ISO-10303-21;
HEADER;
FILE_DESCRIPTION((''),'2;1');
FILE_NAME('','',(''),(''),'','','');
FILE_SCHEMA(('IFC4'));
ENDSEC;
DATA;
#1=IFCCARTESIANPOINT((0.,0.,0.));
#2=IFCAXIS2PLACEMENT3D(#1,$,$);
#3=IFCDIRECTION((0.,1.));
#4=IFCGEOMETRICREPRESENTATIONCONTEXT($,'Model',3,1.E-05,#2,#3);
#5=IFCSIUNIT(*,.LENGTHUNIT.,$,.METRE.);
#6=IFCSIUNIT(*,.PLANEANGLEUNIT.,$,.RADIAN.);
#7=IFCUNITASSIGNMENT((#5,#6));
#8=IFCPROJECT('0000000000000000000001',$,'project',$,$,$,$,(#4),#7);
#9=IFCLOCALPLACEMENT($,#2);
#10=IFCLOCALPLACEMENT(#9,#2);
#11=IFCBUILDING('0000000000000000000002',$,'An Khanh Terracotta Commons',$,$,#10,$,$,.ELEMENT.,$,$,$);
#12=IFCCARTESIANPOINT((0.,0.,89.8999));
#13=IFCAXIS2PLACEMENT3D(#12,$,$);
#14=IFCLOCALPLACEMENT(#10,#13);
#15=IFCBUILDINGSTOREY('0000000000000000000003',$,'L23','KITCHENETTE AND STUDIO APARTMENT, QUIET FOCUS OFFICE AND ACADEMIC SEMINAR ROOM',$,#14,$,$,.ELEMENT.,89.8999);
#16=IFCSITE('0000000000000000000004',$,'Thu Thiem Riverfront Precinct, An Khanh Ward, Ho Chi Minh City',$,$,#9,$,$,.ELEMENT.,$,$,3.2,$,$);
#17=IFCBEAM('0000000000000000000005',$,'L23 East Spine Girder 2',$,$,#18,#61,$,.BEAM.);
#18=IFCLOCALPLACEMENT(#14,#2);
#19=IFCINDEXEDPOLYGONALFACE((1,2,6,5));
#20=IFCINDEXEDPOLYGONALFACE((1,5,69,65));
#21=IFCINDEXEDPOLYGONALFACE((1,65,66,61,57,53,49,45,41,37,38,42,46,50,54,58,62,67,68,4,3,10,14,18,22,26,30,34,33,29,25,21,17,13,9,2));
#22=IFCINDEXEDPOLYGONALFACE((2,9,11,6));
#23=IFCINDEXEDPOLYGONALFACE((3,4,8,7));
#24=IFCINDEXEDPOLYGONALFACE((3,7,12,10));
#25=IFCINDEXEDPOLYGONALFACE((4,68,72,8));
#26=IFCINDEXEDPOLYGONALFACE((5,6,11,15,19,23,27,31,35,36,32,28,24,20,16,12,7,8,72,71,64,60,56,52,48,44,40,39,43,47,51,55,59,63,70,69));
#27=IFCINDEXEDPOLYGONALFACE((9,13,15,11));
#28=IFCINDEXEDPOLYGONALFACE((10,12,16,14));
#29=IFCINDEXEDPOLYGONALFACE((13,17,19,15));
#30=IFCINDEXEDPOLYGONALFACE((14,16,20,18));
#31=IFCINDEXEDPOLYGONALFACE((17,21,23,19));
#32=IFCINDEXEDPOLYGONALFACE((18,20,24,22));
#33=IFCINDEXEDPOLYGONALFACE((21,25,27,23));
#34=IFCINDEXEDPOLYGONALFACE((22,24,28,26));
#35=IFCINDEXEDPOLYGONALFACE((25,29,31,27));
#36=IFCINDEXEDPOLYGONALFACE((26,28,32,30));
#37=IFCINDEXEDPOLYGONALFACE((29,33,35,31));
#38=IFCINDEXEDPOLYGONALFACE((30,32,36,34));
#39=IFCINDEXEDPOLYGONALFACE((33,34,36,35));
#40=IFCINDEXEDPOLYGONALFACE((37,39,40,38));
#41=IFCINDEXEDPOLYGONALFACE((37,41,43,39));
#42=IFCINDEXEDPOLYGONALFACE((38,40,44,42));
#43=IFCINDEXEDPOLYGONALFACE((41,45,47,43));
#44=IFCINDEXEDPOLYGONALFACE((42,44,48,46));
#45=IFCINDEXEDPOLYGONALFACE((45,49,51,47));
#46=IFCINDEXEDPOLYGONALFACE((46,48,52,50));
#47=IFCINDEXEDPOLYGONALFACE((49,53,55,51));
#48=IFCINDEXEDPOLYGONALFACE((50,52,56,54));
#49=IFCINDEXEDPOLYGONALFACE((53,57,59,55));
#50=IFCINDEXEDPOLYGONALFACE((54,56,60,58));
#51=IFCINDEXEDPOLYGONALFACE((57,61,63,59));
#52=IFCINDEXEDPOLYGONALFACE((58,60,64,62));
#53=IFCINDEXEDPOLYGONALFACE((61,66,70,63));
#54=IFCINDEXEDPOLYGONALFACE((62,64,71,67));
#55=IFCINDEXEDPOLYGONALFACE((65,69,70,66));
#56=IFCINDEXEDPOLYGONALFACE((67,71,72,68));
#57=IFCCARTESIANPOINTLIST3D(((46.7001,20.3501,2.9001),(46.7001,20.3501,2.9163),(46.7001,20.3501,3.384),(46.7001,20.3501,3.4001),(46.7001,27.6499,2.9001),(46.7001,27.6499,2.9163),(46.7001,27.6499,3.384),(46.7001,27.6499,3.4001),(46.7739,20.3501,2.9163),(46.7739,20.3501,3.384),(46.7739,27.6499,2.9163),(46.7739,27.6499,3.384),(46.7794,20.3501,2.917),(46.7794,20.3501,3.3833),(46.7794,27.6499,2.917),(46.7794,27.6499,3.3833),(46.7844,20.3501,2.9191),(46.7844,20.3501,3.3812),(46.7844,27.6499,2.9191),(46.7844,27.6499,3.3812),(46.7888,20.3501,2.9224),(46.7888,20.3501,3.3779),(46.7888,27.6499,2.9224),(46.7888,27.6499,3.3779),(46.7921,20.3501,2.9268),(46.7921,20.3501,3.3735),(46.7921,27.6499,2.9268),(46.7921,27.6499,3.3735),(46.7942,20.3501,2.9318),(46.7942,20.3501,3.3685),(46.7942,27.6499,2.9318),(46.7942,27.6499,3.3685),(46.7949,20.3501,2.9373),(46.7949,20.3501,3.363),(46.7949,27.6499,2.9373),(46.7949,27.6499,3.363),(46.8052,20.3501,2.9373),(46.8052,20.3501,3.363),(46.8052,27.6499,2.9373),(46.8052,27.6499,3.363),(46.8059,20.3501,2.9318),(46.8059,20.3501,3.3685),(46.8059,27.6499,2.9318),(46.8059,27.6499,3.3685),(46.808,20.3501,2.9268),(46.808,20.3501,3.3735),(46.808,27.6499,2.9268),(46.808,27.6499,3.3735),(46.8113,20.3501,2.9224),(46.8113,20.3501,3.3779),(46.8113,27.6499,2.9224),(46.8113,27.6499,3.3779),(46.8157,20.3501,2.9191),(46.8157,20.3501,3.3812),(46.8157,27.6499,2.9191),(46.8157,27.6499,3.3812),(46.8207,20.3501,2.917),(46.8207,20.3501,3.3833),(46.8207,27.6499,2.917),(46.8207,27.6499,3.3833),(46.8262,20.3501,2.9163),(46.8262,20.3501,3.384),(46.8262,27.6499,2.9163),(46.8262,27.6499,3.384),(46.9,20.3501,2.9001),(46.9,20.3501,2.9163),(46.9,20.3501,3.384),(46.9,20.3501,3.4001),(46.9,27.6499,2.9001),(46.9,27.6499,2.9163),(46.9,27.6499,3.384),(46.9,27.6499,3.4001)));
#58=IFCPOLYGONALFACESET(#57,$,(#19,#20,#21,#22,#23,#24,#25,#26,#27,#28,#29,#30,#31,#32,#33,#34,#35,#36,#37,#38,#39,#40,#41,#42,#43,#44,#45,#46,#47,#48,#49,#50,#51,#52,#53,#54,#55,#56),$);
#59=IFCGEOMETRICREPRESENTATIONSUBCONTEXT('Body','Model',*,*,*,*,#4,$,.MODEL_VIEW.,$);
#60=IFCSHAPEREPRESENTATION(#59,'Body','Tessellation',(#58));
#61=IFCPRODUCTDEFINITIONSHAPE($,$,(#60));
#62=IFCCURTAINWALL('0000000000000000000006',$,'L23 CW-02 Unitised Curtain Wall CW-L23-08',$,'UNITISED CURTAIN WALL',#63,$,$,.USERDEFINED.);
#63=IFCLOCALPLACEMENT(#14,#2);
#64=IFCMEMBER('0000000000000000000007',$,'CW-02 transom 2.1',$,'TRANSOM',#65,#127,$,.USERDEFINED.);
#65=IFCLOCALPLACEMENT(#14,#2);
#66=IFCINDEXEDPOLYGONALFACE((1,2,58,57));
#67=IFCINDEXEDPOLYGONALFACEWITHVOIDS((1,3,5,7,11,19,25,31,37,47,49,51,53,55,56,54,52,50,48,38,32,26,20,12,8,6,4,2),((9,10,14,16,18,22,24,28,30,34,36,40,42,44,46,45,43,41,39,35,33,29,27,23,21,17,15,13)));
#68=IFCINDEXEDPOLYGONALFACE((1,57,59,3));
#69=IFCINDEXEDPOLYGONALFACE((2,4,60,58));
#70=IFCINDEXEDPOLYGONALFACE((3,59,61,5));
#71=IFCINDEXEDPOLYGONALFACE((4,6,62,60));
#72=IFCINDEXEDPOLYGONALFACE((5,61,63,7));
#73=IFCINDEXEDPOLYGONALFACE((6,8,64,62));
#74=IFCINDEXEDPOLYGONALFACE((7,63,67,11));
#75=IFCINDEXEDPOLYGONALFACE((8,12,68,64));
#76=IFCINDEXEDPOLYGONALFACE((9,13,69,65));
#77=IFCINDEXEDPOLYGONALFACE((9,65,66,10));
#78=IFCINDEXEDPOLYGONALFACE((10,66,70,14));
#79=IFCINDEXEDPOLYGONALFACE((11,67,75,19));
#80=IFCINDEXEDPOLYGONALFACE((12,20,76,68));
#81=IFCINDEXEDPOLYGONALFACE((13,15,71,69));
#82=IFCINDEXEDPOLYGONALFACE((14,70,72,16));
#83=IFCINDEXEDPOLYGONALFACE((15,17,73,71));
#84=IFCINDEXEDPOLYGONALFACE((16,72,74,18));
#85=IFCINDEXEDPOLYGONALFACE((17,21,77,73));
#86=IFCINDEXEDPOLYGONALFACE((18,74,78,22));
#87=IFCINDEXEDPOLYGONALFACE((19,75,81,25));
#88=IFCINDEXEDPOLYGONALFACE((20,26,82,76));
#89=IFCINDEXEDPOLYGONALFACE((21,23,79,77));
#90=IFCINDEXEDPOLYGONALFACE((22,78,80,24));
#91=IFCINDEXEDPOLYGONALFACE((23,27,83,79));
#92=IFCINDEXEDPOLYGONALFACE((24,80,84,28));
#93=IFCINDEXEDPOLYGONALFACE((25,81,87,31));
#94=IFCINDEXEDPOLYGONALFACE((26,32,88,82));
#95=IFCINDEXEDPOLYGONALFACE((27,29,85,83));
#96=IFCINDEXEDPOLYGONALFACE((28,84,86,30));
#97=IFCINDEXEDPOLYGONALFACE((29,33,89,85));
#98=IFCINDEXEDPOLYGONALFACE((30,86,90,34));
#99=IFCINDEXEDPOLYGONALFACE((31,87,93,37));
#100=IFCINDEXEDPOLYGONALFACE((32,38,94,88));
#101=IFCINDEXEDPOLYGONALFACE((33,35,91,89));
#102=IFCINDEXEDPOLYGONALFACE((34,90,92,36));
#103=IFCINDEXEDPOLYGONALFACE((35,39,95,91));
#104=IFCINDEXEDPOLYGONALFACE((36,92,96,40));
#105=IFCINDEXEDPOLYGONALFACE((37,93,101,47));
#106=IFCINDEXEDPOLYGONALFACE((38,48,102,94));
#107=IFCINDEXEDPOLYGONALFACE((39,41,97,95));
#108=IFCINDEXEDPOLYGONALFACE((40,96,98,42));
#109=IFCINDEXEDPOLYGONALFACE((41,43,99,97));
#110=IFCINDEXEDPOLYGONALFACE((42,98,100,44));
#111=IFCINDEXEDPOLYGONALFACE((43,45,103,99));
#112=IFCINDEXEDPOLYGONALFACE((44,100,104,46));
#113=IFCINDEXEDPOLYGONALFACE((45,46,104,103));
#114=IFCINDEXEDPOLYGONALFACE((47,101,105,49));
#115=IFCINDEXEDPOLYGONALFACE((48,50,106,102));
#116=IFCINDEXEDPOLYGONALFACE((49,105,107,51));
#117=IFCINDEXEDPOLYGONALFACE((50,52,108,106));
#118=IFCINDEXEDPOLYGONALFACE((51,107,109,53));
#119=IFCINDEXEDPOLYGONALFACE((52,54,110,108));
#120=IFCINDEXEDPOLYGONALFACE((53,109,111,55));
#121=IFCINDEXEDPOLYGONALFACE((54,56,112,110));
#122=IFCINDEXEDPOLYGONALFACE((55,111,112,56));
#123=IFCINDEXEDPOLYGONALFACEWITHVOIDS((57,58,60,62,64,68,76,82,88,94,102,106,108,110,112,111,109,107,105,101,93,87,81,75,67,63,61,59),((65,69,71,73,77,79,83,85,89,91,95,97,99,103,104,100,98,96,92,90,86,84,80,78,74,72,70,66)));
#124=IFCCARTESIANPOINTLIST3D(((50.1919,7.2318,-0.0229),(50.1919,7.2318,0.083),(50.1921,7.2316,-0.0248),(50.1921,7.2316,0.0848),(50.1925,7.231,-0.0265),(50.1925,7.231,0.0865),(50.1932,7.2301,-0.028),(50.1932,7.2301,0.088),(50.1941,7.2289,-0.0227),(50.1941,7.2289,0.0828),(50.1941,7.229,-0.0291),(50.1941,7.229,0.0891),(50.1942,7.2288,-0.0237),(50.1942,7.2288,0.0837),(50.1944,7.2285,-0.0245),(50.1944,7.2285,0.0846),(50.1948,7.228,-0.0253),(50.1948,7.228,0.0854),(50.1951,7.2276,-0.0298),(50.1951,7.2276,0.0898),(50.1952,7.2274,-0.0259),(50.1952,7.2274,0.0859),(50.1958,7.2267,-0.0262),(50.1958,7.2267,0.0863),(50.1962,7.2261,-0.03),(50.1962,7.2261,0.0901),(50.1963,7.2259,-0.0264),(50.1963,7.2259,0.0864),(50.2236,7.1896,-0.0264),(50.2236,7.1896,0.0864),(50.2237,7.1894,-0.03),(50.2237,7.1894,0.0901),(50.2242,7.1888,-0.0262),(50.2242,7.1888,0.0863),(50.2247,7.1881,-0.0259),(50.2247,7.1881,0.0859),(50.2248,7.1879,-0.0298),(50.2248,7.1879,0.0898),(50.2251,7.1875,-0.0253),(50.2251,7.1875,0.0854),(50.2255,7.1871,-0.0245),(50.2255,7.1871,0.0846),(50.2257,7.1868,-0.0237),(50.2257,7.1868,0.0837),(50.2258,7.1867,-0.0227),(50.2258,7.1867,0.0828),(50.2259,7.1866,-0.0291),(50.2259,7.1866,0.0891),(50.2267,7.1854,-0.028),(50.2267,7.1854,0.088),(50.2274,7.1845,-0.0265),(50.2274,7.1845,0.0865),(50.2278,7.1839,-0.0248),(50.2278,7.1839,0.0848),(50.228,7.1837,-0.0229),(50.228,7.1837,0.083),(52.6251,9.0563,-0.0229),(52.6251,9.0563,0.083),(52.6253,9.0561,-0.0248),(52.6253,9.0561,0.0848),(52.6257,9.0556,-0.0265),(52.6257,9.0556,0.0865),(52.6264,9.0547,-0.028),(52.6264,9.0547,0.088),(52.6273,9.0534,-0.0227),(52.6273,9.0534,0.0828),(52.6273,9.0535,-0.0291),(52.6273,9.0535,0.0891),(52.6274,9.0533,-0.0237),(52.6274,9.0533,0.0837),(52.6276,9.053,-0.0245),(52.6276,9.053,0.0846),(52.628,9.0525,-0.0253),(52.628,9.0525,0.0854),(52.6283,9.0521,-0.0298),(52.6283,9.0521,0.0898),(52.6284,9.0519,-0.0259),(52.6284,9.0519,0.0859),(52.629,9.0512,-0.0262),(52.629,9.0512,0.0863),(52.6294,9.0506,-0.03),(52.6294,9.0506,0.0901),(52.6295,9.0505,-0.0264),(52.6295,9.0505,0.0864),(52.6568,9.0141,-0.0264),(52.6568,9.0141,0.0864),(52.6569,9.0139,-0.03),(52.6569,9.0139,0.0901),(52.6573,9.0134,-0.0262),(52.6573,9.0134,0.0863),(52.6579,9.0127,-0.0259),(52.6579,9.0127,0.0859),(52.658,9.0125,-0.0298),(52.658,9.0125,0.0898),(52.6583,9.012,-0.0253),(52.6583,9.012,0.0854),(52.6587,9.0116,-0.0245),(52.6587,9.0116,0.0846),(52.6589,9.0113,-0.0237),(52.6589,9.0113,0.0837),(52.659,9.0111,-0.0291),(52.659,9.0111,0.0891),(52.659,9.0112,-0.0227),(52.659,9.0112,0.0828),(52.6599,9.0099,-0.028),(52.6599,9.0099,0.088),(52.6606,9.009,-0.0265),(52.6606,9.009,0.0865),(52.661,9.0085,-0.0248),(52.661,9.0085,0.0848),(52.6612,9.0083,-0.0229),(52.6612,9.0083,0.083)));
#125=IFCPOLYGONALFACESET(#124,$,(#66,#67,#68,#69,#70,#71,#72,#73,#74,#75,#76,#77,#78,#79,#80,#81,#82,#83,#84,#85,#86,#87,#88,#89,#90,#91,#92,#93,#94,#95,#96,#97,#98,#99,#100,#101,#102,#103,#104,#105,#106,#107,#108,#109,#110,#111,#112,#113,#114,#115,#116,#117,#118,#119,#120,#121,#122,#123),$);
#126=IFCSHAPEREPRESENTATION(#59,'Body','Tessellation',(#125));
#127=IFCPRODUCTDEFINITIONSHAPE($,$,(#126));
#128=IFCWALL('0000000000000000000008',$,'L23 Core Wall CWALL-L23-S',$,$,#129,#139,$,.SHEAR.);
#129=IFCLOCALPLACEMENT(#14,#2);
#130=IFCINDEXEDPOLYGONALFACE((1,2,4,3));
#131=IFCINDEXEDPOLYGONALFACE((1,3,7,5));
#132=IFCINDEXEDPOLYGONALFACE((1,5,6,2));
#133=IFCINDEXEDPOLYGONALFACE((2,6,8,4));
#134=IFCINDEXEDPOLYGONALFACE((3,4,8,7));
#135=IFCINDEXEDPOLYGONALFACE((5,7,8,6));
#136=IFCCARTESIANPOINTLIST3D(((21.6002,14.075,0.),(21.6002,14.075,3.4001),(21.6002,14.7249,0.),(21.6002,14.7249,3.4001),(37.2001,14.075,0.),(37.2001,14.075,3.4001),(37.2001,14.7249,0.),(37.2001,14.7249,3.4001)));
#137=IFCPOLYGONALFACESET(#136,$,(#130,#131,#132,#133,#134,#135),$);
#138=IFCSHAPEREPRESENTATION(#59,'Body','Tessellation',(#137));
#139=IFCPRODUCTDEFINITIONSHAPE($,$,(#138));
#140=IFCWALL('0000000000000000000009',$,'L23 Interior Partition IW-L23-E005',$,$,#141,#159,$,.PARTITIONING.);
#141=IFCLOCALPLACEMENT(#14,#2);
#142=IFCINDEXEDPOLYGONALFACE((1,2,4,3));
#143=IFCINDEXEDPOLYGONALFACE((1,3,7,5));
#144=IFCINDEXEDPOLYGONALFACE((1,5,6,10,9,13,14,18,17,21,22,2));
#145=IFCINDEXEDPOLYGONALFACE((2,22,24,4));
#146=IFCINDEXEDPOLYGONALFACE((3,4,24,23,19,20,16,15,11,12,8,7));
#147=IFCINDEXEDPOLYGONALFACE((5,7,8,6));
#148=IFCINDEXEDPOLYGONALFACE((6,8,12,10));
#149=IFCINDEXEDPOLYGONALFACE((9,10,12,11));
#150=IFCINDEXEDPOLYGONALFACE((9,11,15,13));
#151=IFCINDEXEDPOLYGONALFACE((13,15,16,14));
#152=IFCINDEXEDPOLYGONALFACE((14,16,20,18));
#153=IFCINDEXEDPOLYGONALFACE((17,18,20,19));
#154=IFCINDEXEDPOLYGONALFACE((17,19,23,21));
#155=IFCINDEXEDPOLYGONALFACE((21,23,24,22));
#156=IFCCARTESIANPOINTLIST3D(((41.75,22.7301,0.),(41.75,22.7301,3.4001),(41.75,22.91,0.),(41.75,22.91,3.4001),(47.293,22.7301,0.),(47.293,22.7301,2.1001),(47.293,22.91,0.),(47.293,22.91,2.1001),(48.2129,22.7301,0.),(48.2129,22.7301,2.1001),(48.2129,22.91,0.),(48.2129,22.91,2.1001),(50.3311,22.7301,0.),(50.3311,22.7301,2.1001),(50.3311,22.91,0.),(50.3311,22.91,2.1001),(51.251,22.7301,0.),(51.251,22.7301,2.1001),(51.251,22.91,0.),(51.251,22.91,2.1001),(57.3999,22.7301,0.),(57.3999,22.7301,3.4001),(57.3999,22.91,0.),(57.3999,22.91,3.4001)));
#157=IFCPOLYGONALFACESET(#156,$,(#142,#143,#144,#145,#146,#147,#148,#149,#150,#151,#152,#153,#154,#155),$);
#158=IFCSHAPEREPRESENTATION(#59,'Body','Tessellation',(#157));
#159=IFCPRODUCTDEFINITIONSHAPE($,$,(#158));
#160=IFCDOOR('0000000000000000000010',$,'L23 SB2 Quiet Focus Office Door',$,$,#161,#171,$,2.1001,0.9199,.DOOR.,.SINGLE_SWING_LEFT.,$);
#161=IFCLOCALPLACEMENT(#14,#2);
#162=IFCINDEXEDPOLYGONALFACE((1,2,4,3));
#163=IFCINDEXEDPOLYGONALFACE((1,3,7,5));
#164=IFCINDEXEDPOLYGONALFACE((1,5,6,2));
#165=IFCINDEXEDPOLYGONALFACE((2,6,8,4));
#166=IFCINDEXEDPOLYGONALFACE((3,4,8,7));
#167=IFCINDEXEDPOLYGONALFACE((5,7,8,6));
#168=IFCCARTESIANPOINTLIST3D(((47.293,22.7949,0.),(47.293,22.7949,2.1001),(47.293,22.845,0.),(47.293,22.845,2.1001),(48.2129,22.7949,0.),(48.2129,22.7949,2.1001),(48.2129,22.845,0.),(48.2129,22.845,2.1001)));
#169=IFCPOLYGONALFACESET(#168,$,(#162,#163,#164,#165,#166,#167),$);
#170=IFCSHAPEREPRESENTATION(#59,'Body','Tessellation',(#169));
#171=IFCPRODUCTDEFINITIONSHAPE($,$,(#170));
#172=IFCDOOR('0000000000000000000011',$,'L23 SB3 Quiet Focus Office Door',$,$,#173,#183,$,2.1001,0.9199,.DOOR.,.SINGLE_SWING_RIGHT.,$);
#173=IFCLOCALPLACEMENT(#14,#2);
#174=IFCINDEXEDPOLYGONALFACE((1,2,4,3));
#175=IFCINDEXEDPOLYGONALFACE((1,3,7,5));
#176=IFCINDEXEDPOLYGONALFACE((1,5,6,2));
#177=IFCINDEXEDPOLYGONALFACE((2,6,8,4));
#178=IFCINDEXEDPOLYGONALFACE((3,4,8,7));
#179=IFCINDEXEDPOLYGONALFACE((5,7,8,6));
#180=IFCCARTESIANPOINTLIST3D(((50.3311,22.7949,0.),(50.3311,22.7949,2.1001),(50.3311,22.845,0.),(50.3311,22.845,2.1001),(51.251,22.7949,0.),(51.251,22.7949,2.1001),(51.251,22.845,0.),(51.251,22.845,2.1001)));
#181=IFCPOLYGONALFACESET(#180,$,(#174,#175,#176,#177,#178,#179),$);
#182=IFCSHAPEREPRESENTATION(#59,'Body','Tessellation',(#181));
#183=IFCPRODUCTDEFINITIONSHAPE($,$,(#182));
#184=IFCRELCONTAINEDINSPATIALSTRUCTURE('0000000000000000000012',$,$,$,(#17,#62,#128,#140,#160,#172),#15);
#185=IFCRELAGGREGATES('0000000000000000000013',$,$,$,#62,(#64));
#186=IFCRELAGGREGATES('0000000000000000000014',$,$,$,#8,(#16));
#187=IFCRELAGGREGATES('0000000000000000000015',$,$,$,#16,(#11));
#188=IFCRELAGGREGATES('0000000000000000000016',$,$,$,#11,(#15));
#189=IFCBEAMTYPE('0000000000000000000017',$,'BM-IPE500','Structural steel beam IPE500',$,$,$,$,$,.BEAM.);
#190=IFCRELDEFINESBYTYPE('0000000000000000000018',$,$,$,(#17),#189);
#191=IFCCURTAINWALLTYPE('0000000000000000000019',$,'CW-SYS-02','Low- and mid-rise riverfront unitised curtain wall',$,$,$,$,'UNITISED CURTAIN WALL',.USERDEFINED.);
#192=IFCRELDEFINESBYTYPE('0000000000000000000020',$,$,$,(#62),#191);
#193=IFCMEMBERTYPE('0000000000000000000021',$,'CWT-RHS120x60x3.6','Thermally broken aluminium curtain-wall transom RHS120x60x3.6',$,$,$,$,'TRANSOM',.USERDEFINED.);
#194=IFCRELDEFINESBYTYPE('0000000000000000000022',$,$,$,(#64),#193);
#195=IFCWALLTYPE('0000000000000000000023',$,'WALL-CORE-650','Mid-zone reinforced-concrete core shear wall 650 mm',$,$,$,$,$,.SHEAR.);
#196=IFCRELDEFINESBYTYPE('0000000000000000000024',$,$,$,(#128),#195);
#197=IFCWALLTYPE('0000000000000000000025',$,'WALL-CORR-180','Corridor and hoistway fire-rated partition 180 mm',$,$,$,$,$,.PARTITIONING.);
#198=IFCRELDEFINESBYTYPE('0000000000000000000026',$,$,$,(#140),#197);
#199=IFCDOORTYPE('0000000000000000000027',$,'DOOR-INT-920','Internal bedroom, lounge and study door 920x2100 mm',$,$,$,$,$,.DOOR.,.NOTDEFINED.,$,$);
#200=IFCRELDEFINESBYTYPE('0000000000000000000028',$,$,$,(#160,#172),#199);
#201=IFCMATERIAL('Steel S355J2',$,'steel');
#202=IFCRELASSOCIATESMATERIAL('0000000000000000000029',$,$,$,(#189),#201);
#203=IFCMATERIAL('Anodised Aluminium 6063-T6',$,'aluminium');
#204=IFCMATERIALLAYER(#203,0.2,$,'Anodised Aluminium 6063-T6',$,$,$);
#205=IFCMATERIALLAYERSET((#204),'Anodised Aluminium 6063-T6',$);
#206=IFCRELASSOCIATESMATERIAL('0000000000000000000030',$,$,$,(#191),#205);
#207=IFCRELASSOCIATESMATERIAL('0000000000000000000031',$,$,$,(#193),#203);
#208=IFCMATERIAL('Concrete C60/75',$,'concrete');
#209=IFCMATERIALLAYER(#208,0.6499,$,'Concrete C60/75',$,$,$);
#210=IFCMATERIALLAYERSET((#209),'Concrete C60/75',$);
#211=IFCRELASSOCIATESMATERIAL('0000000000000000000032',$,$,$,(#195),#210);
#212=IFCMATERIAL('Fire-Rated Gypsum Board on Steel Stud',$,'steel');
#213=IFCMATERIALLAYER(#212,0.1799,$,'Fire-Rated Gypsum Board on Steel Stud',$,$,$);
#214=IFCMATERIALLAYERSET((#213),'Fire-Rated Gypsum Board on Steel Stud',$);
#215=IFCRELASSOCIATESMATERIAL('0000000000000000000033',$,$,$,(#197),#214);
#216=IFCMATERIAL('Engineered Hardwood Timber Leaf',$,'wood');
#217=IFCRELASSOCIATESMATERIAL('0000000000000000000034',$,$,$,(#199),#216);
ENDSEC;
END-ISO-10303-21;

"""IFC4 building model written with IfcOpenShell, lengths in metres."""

from ifc_helpers import new_model, si_unit, direction, frame, frame_2d, origin, origin_2d, place, context, subcontext, project, spatial, rectangle, hollow_rectangle, i_section, extrude, material, layer, layer_set, material_profile, profile_set, type_object, element, fill, aggregate, save


model = new_model("IFC4")

# Units and contexts
model_context = context("Model", 3, precision=1e-05, world=origin(), true_north=direction((0.0, 1.0)))
body_context = subcontext(model_context, "Body", "Model", "MODEL_VIEW")
ifc_project = project(units=[si_unit("LENGTHUNIT", "METRE"), si_unit("PLANEANGLEUNIT", "RADIAN")], contexts=[model_context])

# Site, building, storey
site_placement = place(None, origin())
site = spatial("IfcSite", under=ifc_project, at=site_placement, Name="Thu Thiem Riverfront Precinct, An Khanh Ward, Ho Chi Minh City", CompositionType="ELEMENT", RefElevation=3.2)
building_placement = place(site_placement, origin())
building = spatial("IfcBuilding", under=site, at=building_placement, Name="An Khanh Terracotta Commons", CompositionType="ELEMENT")
storey_placement = place(building_placement, frame((0.0, 0.0, 89.8999)))
storey = spatial("IfcBuildingStorey", under=building, at=storey_placement, Name="L23", Description="KITCHENETTE AND STUDIO APARTMENT, QUIET FOCUS OFFICE AND ACADEMIC SEMINAR ROOM", CompositionType="ELEMENT", Elevation=89.8999)

# Beam
ifc_material_1 = material(Name="Steel S355J2", Category="steel")
ifc_material_profile_1 = material_profile(ifc_material_1, i_section(OverallWidth=0.2, OverallDepth=0.5, WebThickness=0.0103, FlangeThickness=0.0161, FilletRadius=0.021, at=origin_2d()), Name="IPE500")
ifc_profile_set_1 = profile_set([ifc_material_profile_1], Name="Steel S355J2")
beam_type_1 = type_object("IfcBeamType", Name="BM-IPE500", Description="Structural steel beam IPE500", PredefinedType="BEAM", material=ifc_profile_set_1)
beam_1_placement = place(storey_placement, frame((46.8, 20.3501, 3.1501), z_axis=(0.0, 1.0, 0.0), x_axis=(-1.0, 0.0, 0.0)))
element("IfcBeam", 1, at=beam_1_placement, inside=storey, type_object=beam_type_1, Name="L23 East Spine Girder 2", PredefinedType="BEAM", context=body_context, shape_type="SweptSolid", body=[
    extrude(i_section(OverallWidth=0.2, OverallDepth=0.5, WebThickness=0.0103, FlangeThickness=0.0161, FilletRadius=0.021, at=origin_2d()), origin(), (0.0, 0.0, 1.0), 7.2998),
])

# Curtain wall, member
ifc_material_2 = material(Name="Anodised Aluminium 6063-T6", Category="aluminium")
ifc_layer_1 = layer(ifc_material_2, 0.2, Name="Anodised Aluminium 6063-T6")
ifc_layer_set_1 = layer_set([ifc_layer_1], Name="Anodised Aluminium 6063-T6")
curtain_wall_type = type_object("IfcCurtainWallType", Name="CW-SYS-02", Description="Low- and mid-rise riverfront unitised curtain wall", ElementType="UNITISED CURTAIN WALL", PredefinedType="USERDEFINED", material=ifc_layer_set_1)
curtain_wall_placement = place(storey_placement, origin())
curtain_wall = element("IfcCurtainWall", 2, at=curtain_wall_placement, inside=storey, type_object=curtain_wall_type, Name="L23 CW-02 Unitised Curtain Wall CW-L23-08", ObjectType="UNITISED CURTAIN WALL", PredefinedType="USERDEFINED")
ifc_material_profile_2 = material_profile(ifc_material_2, hollow_rectangle(XDim=0.0601, YDim=0.1201, WallThickness=0.0037, InnerFilletRadius=0.0037, OuterFilletRadius=0.0071, at=origin_2d()), Name="RHS120x60x3.6")
ifc_profile_set_2 = profile_set([ifc_material_profile_2], Name="Anodised Aluminium 6063-T6")
member_type = type_object("IfcMemberType", Name="CWT-RHS120x60x3.6", Description="Thermally broken aluminium curtain-wall transom RHS120x60x3.6", ElementType="TRANSOM", PredefinedType="USERDEFINED", material=ifc_profile_set_2)
member_placement = place(storey_placement, frame((50.21, 7.2078, 0.03), z_axis=(0.800058, 0.599923, 0.0), x_axis=(-0.599923, 0.800058, 0.0)))
member = element("IfcMember", 3, at=member_placement, type_object=member_type, Name="CW-02 transom 2.1", ObjectType="TRANSOM", PredefinedType="USERDEFINED", context=body_context, shape_type="SweptSolid", body=[
    extrude(hollow_rectangle(XDim=0.0601, YDim=0.1201, WallThickness=0.0037, InnerFilletRadius=0.0037, OuterFilletRadius=0.0071, at=origin_2d()), origin(), (0.0, 0.0, 1.0), 3.0413),
])
aggregate(curtain_wall, [member])

# Wall
ifc_material_3 = material(Name="Concrete C60/75", Category="concrete")
ifc_layer_2 = layer(ifc_material_3, 0.6499, Name="Concrete C60/75")
ifc_layer_set_2 = layer_set([ifc_layer_2], Name="Concrete C60/75")
wall_type_1 = type_object("IfcWallType", Name="WALL-CORE-650", Description="Mid-zone reinforced-concrete core shear wall 650 mm", PredefinedType="SHEAR", material=ifc_layer_set_2)
wall_1_placement = place(storey_placement, frame((37.2, 14.3999, 0.0), z_axis=(0.0, 0.0, 1.0), x_axis=(-1.0, 0.0, 0.0)))
element("IfcWall", 4, at=wall_1_placement, inside=storey, type_object=wall_type_1, Name="L23 Core Wall CWALL-L23-S", PredefinedType="SHEAR", context=body_context, shape_type="SweptSolid", body=[
    extrude(rectangle(XDim=15.5999, YDim=0.6499, at=frame_2d((7.7998, 0.0))), origin(), (0.0, 0.0, 1.0), 3.4001),
])

# Wall, openings, doors
ifc_material_4 = material(Name="Fire-Rated Gypsum Board on Steel Stud", Category="steel")
ifc_layer_3 = layer(ifc_material_4, 0.1799, Name="Fire-Rated Gypsum Board on Steel Stud")
ifc_layer_set_3 = layer_set([ifc_layer_3], Name="Fire-Rated Gypsum Board on Steel Stud")
wall_type_2 = type_object("IfcWallType", Name="WALL-CORR-180", Description="Corridor and hoistway fire-rated partition 180 mm", PredefinedType="PARTITIONING", material=ifc_layer_set_3)
wall_2_placement = place(storey_placement, frame((41.75, 22.8201, 0.0), z_axis=(0.0, 0.0, 1.0), x_axis=(1.0, 0.0, 0.0)))
wall_2 = element("IfcWall", 5, at=wall_2_placement, inside=storey, type_object=wall_type_2, Name="L23 Interior Partition IW-L23-E005", PredefinedType="PARTITIONING", context=body_context, shape_type="SweptSolid", body=[
    extrude(rectangle(XDim=15.6499, YDim=0.1799, at=frame_2d((7.825, 0.0))), origin(), (0.0, 0.0, 1.0), 3.4001),
])
opening_1_placement = place(wall_2_placement, frame((5.543, 0.0, 0.0)))
opening_1 = element("IfcOpeningElement", 6, at=opening_1_placement, cuts=wall_2, PredefinedType="OPENING", context=body_context, shape_type="SweptSolid", body=[
    extrude(rectangle(XDim=0.9199, YDim=2.1001, at=frame_2d((0.46, 1.05))), frame((0.0, 0.0999, 0.0), z_axis=(0.0, -1.0, 0.0), x_axis=(1.0, 0.0, 0.0)), (0.0, 0.0, 1.0), 0.2),
])
opening_2_placement = place(wall_2_placement, frame((8.5811, 0.0, 0.0)))
opening_2 = element("IfcOpeningElement", 7, at=opening_2_placement, cuts=wall_2, PredefinedType="OPENING", context=body_context, shape_type="SweptSolid", body=[
    extrude(rectangle(XDim=0.9199, YDim=2.1001, at=frame_2d((0.46, 1.05))), frame((0.0, 0.0999, 0.0), z_axis=(0.0, -1.0, 0.0), x_axis=(1.0, 0.0, 0.0)), (0.0, 0.0, 1.0), 0.2),
])
ifc_material_5 = material(Name="Engineered Hardwood Timber Leaf", Category="wood")
door_type_1 = type_object("IfcDoorType", Name="DOOR-INT-920", Description="Internal bedroom, lounge and study door 920x2100 mm", OperationType="NOTDEFINED", PredefinedType="DOOR", material=ifc_material_5)
door_1_placement = place(opening_1_placement, origin())
door_1 = element("IfcDoor", 8, at=door_1_placement, inside=storey, type_object=door_type_1, Name="L23 SB2 Quiet Focus Office Door", OperationType="SINGLE_SWING_LEFT", OverallHeight=2.1001, OverallWidth=0.9199, PredefinedType="DOOR", context=body_context, shape_type="SweptSolid", body=[
    extrude(rectangle(XDim=0.9199, YDim=2.1001, at=frame_2d((0.46, 1.05))), frame((0.0, 0.0249, 0.0), z_axis=(0.0, -1.0, 0.0), x_axis=(1.0, 0.0, 0.0)), (0.0, 0.0, 1.0), 0.05),
])
fill(opening_1, door_1)
door_2_placement = place(opening_2_placement, origin())
door_2 = element("IfcDoor", 9, at=door_2_placement, inside=storey, type_object=door_type_1, Name="L23 SB3 Quiet Focus Office Door", OperationType="SINGLE_SWING_RIGHT", OverallHeight=2.1001, OverallWidth=0.9199, PredefinedType="DOOR", context=body_context, shape_type="SweptSolid", body=[
    extrude(rectangle(XDim=0.9199, YDim=2.1001, at=frame_2d((0.46, 1.05))), frame((0.0, 0.0249, 0.0), z_axis=(0.0, -1.0, 0.0), x_axis=(1.0, 0.0, 0.0)), (0.0, 0.0, 1.0), 0.05),
])
fill(opening_2, door_2)

save(model, "model.ifc")
